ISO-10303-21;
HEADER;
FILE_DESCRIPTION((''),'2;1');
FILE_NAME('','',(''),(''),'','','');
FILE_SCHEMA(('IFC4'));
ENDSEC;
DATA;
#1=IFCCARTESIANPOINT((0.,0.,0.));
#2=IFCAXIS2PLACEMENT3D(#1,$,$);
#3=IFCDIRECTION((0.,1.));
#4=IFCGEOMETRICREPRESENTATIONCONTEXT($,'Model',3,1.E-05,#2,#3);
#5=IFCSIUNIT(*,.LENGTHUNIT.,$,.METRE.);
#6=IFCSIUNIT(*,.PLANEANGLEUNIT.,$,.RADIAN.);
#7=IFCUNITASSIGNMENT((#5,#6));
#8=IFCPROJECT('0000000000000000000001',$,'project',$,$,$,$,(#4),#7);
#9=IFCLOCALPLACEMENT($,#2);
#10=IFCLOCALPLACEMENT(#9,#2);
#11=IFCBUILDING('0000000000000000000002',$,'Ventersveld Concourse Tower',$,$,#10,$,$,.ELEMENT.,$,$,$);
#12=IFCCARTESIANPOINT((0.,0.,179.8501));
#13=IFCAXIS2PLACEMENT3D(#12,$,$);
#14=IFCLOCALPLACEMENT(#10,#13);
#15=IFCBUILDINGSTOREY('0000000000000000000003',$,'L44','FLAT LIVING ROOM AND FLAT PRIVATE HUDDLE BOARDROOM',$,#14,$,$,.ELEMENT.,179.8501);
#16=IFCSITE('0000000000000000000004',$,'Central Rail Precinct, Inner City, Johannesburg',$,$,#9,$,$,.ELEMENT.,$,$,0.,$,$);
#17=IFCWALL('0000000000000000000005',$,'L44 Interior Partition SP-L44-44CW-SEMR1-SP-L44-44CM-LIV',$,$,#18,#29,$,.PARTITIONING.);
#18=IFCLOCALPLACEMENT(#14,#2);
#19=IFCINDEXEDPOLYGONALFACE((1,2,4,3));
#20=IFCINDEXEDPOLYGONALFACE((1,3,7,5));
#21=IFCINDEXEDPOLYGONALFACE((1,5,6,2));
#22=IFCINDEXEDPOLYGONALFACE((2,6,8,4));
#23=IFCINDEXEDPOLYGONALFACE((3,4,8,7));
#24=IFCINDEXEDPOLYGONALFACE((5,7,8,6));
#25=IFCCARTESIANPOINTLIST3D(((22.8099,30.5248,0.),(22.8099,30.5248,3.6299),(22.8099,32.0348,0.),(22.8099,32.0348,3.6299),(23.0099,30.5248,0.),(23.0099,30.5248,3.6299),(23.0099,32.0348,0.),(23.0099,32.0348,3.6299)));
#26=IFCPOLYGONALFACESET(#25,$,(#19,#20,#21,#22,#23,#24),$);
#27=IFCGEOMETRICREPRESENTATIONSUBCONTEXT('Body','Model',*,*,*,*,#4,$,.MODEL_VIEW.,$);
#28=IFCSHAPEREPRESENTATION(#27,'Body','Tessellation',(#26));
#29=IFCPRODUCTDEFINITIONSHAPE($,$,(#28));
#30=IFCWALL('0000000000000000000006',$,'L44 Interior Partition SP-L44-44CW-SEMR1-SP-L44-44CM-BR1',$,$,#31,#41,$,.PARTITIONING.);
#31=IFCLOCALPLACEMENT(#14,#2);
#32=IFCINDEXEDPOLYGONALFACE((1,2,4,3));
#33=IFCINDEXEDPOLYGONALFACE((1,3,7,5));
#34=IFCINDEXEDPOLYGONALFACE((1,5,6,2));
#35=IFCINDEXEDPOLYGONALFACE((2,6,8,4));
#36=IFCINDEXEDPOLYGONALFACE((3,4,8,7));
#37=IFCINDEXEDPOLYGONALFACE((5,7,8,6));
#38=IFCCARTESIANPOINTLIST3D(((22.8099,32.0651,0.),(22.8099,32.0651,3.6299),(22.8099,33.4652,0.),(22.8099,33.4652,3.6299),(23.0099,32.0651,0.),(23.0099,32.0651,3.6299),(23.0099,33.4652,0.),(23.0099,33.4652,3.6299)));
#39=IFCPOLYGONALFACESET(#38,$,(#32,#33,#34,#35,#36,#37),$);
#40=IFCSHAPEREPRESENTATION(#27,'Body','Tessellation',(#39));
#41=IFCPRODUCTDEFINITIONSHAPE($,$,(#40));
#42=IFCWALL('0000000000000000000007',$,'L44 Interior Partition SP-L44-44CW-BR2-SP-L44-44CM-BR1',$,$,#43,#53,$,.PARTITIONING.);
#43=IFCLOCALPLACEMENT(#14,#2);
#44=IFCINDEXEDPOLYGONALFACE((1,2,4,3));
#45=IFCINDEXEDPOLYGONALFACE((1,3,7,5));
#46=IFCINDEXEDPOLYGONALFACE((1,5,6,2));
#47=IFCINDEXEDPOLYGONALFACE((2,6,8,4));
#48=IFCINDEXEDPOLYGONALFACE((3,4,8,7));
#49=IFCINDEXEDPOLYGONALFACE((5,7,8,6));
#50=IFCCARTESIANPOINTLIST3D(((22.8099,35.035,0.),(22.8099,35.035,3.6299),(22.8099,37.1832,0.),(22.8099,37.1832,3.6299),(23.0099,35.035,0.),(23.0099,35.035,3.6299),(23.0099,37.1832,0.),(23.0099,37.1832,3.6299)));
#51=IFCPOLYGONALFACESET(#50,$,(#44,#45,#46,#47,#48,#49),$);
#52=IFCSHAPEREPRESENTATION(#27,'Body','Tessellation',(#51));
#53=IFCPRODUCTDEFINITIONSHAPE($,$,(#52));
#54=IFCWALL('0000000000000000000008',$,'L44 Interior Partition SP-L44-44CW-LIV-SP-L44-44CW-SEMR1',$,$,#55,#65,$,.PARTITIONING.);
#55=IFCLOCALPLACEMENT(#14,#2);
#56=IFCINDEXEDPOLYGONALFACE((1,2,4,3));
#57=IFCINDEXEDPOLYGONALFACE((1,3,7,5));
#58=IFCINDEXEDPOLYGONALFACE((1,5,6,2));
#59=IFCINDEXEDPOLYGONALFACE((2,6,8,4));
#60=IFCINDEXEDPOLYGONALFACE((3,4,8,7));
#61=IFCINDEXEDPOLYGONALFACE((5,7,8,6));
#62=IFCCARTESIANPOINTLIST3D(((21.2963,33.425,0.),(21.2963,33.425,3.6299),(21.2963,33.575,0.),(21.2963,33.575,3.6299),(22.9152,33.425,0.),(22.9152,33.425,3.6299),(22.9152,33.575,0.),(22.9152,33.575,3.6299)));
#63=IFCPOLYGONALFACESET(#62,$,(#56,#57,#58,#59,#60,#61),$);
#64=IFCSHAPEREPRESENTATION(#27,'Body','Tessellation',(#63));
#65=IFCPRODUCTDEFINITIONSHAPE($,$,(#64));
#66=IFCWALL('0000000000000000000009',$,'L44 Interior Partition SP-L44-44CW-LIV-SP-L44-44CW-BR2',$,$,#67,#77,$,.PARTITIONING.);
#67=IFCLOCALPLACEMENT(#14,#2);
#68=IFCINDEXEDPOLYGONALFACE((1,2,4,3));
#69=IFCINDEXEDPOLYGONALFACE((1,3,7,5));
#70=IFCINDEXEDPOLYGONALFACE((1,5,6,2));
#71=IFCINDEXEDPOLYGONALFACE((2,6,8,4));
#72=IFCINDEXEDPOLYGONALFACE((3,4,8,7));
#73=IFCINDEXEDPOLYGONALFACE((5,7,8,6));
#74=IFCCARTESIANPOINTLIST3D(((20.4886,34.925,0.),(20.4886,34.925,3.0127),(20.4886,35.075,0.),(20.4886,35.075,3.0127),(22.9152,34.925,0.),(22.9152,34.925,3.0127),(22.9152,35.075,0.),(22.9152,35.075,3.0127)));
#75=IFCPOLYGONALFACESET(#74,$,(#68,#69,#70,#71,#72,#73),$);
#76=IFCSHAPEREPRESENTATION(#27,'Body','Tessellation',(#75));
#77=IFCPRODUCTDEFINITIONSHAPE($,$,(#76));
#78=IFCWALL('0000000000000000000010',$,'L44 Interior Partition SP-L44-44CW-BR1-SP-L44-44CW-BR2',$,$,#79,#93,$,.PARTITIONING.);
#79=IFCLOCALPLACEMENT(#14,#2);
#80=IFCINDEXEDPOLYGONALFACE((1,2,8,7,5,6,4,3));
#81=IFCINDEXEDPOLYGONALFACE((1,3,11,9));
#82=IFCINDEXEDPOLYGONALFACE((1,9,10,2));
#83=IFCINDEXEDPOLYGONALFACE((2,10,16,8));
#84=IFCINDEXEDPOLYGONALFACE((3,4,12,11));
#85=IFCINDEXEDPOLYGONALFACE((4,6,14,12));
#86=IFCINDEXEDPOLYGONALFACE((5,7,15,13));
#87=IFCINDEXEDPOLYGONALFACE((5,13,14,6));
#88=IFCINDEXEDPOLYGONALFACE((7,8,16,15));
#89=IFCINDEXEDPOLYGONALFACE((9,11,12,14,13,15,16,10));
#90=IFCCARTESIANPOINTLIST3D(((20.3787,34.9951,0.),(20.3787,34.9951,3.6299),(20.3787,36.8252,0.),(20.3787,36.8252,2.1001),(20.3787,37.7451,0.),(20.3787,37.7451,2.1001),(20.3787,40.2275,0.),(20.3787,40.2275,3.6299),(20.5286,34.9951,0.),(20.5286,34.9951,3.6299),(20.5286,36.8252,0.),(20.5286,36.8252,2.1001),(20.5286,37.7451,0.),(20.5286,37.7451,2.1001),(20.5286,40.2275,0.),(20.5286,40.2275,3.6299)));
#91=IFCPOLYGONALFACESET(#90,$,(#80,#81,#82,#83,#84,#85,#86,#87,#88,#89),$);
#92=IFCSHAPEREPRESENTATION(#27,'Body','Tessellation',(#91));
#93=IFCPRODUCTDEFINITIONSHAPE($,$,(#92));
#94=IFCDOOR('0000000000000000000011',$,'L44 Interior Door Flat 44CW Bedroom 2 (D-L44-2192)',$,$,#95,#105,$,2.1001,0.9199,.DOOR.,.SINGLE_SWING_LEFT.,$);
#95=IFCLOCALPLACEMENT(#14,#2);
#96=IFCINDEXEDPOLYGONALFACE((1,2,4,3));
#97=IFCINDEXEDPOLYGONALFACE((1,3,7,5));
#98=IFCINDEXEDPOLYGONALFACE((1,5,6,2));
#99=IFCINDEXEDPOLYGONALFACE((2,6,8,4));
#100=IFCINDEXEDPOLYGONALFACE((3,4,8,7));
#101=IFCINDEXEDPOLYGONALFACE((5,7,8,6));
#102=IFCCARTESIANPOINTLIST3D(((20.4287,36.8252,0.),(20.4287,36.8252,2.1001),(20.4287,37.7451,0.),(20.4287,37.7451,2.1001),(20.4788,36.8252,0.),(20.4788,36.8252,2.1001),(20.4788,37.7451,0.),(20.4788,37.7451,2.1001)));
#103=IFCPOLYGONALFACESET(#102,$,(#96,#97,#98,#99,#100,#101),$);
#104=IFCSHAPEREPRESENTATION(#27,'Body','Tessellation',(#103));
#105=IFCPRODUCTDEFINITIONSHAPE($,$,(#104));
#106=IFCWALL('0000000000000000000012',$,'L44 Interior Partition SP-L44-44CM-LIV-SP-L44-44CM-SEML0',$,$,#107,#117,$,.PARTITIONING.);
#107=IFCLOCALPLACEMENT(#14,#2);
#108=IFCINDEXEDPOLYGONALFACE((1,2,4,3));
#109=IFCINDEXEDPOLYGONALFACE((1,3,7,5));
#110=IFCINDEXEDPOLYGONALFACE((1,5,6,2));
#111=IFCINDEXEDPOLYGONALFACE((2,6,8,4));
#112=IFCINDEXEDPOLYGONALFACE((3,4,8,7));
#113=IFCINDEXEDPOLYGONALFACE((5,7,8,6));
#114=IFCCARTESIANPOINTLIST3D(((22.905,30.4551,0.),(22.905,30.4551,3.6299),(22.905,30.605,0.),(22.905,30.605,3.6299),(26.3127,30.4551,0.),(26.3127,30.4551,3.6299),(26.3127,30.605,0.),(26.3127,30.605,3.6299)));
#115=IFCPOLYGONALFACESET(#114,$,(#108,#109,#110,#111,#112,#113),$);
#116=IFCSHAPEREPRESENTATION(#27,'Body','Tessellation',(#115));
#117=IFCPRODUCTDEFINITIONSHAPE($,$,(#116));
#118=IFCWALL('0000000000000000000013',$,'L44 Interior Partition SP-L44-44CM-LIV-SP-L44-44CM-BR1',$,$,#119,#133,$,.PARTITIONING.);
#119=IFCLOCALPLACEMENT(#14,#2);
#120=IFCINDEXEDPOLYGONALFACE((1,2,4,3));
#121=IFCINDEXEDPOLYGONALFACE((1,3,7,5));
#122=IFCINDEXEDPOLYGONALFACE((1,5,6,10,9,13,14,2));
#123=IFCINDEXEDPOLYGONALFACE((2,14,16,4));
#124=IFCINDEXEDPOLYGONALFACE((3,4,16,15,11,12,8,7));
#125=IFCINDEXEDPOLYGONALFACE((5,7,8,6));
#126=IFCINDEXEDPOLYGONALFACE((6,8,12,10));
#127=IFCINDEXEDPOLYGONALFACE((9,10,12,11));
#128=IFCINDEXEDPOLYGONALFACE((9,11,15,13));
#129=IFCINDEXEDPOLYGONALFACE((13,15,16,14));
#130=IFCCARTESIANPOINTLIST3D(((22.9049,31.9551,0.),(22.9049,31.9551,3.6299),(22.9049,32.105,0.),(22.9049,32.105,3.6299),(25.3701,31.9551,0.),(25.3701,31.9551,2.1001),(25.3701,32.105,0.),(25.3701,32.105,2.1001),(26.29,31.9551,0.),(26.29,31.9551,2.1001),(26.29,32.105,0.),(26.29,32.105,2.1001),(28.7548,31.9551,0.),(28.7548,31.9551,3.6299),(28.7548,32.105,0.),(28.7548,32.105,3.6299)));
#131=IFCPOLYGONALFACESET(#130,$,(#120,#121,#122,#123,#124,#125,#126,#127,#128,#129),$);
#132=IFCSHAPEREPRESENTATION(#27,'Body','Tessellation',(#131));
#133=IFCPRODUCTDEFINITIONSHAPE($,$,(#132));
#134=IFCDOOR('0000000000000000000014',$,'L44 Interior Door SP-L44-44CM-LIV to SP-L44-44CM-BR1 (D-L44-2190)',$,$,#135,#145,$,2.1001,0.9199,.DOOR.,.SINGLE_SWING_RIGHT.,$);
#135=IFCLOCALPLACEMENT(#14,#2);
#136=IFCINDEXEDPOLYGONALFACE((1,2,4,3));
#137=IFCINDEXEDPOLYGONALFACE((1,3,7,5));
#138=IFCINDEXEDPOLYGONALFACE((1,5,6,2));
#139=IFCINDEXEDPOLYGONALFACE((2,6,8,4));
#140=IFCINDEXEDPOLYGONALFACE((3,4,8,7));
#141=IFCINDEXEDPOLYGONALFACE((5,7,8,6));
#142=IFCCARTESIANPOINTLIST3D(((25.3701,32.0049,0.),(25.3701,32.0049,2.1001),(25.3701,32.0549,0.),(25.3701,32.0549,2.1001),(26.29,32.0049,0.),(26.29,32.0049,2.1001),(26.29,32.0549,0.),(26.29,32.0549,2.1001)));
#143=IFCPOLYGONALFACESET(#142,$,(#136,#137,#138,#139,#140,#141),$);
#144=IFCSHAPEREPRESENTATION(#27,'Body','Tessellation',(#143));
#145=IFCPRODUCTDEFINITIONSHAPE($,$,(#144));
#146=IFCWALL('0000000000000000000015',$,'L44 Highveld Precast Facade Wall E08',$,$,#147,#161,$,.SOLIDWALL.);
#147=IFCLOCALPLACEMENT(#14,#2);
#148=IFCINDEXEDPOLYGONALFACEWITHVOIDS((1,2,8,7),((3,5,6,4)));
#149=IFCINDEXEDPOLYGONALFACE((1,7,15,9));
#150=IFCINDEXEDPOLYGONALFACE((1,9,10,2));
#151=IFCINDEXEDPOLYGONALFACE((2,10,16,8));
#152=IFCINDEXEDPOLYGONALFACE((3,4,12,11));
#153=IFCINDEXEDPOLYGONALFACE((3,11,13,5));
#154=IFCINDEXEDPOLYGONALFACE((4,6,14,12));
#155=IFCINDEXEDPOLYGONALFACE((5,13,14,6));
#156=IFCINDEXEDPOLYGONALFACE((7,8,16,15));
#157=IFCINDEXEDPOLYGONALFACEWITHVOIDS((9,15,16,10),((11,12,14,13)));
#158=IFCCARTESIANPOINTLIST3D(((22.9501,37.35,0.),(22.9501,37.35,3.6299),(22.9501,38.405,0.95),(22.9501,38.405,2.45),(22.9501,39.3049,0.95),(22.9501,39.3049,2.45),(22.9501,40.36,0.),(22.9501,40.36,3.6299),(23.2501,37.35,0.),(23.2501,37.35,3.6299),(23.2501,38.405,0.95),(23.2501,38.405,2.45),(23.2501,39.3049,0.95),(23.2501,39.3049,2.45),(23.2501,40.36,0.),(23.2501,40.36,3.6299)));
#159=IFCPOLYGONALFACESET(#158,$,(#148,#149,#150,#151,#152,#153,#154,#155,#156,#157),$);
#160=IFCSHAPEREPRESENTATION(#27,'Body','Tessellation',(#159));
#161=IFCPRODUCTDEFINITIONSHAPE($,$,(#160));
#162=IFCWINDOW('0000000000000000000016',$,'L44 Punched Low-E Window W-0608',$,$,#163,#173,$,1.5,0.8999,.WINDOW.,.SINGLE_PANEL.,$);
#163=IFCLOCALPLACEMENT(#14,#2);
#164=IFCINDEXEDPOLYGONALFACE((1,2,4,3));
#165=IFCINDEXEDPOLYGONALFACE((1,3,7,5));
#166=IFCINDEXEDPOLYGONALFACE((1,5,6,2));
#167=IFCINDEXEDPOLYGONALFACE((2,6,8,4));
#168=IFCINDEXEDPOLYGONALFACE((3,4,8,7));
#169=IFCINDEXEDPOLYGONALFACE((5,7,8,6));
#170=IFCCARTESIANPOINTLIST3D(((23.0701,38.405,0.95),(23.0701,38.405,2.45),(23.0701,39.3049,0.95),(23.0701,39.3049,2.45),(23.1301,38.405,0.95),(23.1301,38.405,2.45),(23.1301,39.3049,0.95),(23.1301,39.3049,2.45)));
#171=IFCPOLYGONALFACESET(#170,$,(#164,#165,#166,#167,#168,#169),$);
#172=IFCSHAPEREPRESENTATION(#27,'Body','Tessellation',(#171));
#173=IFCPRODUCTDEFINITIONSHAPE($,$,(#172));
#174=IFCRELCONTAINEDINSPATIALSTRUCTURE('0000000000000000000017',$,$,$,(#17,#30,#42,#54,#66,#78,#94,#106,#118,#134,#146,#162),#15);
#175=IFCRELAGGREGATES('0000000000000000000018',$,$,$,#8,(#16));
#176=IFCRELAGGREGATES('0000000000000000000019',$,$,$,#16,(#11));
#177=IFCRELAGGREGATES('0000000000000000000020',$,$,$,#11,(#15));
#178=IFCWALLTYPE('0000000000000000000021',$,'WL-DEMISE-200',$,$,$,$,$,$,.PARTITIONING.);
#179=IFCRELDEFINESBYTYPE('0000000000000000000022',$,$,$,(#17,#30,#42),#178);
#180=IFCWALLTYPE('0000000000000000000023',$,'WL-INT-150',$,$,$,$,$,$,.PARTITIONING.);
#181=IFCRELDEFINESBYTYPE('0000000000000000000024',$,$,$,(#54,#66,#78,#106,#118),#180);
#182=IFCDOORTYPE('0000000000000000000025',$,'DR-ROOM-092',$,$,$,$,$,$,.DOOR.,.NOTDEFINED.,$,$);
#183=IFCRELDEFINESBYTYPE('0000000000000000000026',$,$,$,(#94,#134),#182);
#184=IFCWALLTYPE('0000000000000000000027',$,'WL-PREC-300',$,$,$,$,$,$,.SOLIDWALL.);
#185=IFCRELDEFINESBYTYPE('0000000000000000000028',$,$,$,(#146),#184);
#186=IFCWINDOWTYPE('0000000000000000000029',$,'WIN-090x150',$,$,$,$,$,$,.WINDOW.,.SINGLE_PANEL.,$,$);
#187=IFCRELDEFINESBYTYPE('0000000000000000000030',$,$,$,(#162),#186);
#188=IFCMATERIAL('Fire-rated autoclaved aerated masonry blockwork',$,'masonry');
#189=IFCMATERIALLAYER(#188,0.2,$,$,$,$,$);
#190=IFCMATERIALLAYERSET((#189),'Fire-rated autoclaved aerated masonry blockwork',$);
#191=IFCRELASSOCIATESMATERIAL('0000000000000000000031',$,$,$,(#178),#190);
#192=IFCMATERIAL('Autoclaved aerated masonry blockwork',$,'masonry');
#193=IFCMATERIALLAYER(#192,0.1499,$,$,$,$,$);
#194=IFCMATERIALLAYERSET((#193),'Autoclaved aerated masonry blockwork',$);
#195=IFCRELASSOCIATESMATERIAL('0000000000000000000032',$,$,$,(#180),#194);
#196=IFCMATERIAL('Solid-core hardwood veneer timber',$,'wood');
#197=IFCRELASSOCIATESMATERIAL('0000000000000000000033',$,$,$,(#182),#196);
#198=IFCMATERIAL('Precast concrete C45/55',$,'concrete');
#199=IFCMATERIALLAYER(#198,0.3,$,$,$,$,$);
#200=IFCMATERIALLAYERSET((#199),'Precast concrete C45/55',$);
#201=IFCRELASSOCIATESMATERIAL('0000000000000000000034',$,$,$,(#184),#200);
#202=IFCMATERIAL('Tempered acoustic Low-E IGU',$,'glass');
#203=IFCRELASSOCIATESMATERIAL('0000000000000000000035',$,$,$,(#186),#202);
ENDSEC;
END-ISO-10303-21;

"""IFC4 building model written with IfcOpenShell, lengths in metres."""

from ifc_helpers import new_model, si_unit, direction, frame, frame_2d, origin, place, context, subcontext, project, spatial, rectangle, extrude, material, layer, layer_set, type_object, element, fill, save


model = new_model("IFC4")

# Units and contexts
model_context = context("Model", 3, precision=1e-05, world=origin(), true_north=direction((0.0, 1.0)))
body_context = subcontext(model_context, "Body", "Model", "MODEL_VIEW")
ifc_project = project(units=[si_unit("LENGTHUNIT", "METRE"), si_unit("PLANEANGLEUNIT", "RADIAN")], contexts=[model_context])

# Site, building, storey
site_placement = place(None, origin())
site = spatial("IfcSite", under=ifc_project, at=site_placement, Name="Central Rail Precinct, Inner City, Johannesburg", CompositionType="ELEMENT", RefElevation=0.0)
building_placement = place(site_placement, origin())
building = spatial("IfcBuilding", under=site, at=building_placement, Name="Ventersveld Concourse Tower", CompositionType="ELEMENT")
storey_placement = place(building_placement, frame((0.0, 0.0, 179.8501)))
storey = spatial("IfcBuildingStorey", under=building, at=storey_placement, Name="L44", Description="FLAT LIVING ROOM AND FLAT PRIVATE HUDDLE BOARDROOM", CompositionType="ELEMENT", Elevation=179.8501)

# Walls
ifc_material_1 = material(Name="Fire-rated autoclaved aerated masonry blockwork", Category="masonry")
ifc_layer_1 = layer(ifc_material_1, 0.2)
ifc_layer_set_1 = layer_set([ifc_layer_1], Name="Fire-rated autoclaved aerated masonry blockwork")
wall_type_1 = type_object("IfcWallType", Name="WL-DEMISE-200", PredefinedType="PARTITIONING", material=ifc_layer_set_1)
wall_1_placement = place(storey_placement, frame((22.9099, 30.5249, 0.0), z_axis=(0.0, 0.0, 1.0), x_axis=(0.0, 1.0, 0.0)))
element("IfcWall", 1, at=wall_1_placement, inside=storey, type_object=wall_type_1, Name="L44 Interior Partition SP-L44-44CW-SEMR1-SP-L44-44CM-LIV", PredefinedType="PARTITIONING", context=body_context, shape_type="SweptSolid", body=[
    extrude(rectangle(XDim=1.51, YDim=0.2, at=frame_2d((0.7549, 0.0))), origin(), (0.0, 0.0, 1.0), 3.6299),
])
wall_2_placement = place(storey_placement, frame((22.9099, 32.0649, 0.0), z_axis=(0.0, 0.0, 1.0), x_axis=(0.0, 1.0, 0.0)))
element("IfcWall", 2, at=wall_2_placement, inside=storey, type_object=wall_type_1, Name="L44 Interior Partition SP-L44-44CW-SEMR1-SP-L44-44CM-BR1", PredefinedType="PARTITIONING", context=body_context, shape_type="SweptSolid", body=[
    extrude(rectangle(XDim=1.4001, YDim=0.2, at=frame_2d((0.7002, 0.0))), origin(), (0.0, 0.0, 1.0), 3.6299),
])
wall_3_placement = place(storey_placement, frame((22.9099, 35.0349, 0.0), z_axis=(0.0, 0.0, 1.0), x_axis=(0.0, 1.0, 0.0)))
element("IfcWall", 3, at=wall_3_placement, inside=storey, type_object=wall_type_1, Name="L44 Interior Partition SP-L44-44CW-BR2-SP-L44-44CM-BR1", PredefinedType="PARTITIONING", context=body_context, shape_type="SweptSolid", body=[
    extrude(rectangle(XDim=2.1482, YDim=0.2, at=frame_2d((1.0742, 0.0))), origin(), (0.0, 0.0, 1.0), 3.6299),
])
ifc_material_2 = material(Name="Autoclaved aerated masonry blockwork", Category="masonry")
ifc_layer_2 = layer(ifc_material_2, 0.1499)
ifc_layer_set_2 = layer_set([ifc_layer_2], Name="Autoclaved aerated masonry blockwork")
wall_type_2 = type_object("IfcWallType", Name="WL-INT-150", PredefinedType="PARTITIONING", material=ifc_layer_set_2)
wall_4_placement = place(storey_placement, frame((21.2961, 33.5, 0.0), z_axis=(0.0, 0.0, 1.0), x_axis=(1.0, 0.0, 0.0)))
element("IfcWall", 4, at=wall_4_placement, inside=storey, type_object=wall_type_2, Name="L44 Interior Partition SP-L44-44CW-LIV-SP-L44-44CW-SEMR1", PredefinedType="PARTITIONING", context=body_context, shape_type="SweptSolid", body=[
    extrude(rectangle(XDim=1.6189, YDim=0.1499, at=frame_2d((0.8096, 0.0))), origin(), (0.0, 0.0, 1.0), 3.6299),
])
wall_5_placement = place(storey_placement, frame((20.4885, 35.0, 0.0), z_axis=(0.0, 0.0, 1.0), x_axis=(1.0, 0.0, 0.0)))
element("IfcWall", 5, at=wall_5_placement, inside=storey, type_object=wall_type_2, Name="L44 Interior Partition SP-L44-44CW-LIV-SP-L44-44CW-BR2", PredefinedType="PARTITIONING", context=body_context, shape_type="SweptSolid", body=[
    extrude(rectangle(XDim=2.4265, YDim=0.1499, at=frame_2d((1.2134, 0.0))), origin(), (0.0, 0.0, 1.0), 3.0127),
])

# Wall, opening, door
wall_6_placement = place(storey_placement, frame((20.4536, 34.9951, 0.0), z_axis=(0.0, 0.0, 1.0), x_axis=(0.0, 1.0, 0.0)))
wall_6 = element("IfcWall", 6, at=wall_6_placement, inside=storey, type_object=wall_type_2, Name="L44 Interior Partition SP-L44-44CW-BR1-SP-L44-44CW-BR2", PredefinedType="PARTITIONING", context=body_context, shape_type="SweptSolid", body=[
    extrude(rectangle(XDim=5.2324, YDim=0.1499, at=frame_2d((2.6162, 0.0))), origin(), (0.0, 0.0, 1.0), 3.6299),
])
opening_1_placement = place(wall_6_placement, frame((1.8301, 0.0, 0.0)))
opening_1 = element("IfcOpeningElement", 7, at=opening_1_placement, cuts=wall_6, PredefinedType="OPENING", context=body_context, shape_type="SweptSolid", body=[
    extrude(rectangle(XDim=0.9199, YDim=2.1001, at=frame_2d((0.46, 1.05))), frame((0.0, 0.085, 0.0), z_axis=(0.0, -1.0, 0.0), x_axis=(1.0, 0.0, 0.0)), (0.0, 0.0, 1.0), 0.1699),
])
ifc_material_3 = material(Name="Solid-core hardwood veneer timber", Category="wood")
door_type = type_object("IfcDoorType", Name="DR-ROOM-092", OperationType="NOTDEFINED", PredefinedType="DOOR", material=ifc_material_3)
door_1_placement = place(opening_1_placement, origin())
door_1 = element("IfcDoor", 8, at=door_1_placement, inside=storey, type_object=door_type, Name="L44 Interior Door Flat 44CW Bedroom 2 (D-L44-2192)", OperationType="SINGLE_SWING_LEFT", OverallHeight=2.1001, OverallWidth=0.9199, PredefinedType="DOOR", context=body_context, shape_type="SweptSolid", body=[
    extrude(rectangle(XDim=0.9199, YDim=2.1001, at=frame_2d((0.46, 1.05))), frame((0.0, 0.0249, 0.0), z_axis=(0.0, -1.0, 0.0), x_axis=(1.0, 0.0, 0.0)), (0.0, 0.0, 1.0), 0.05),
])
fill(opening_1, door_1)

# Wall
wall_7_placement = place(storey_placement, frame((22.905, 30.53, 0.0), z_axis=(0.0, 0.0, 1.0), x_axis=(1.0, 0.0, 0.0)))
element("IfcWall", 9, at=wall_7_placement, inside=storey, type_object=wall_type_2, Name="L44 Interior Partition SP-L44-44CM-LIV-SP-L44-44CM-SEML0", PredefinedType="PARTITIONING", context=body_context, shape_type="SweptSolid", body=[
    extrude(rectangle(XDim=3.4077, YDim=0.1499, at=frame_2d((1.7039, 0.0))), origin(), (0.0, 0.0, 1.0), 3.6299),
])

# Wall, opening, door
wall_8_placement = place(storey_placement, frame((22.905, 32.03, 0.0), z_axis=(0.0, 0.0, 1.0), x_axis=(1.0, 0.0, 0.0)))
wall_8 = element("IfcWall", 10, at=wall_8_placement, inside=storey, type_object=wall_type_2, Name="L44 Interior Partition SP-L44-44CM-LIV-SP-L44-44CM-BR1", PredefinedType="PARTITIONING", context=body_context, shape_type="SweptSolid", body=[
    extrude(rectangle(XDim=5.8499, YDim=0.1499, at=frame_2d((2.9248, 0.0))), origin(), (0.0, 0.0, 1.0), 3.6299),
])
opening_2_placement = place(wall_8_placement, frame((2.4651, 0.0, 0.0)))
opening_2 = element("IfcOpeningElement", 11, at=opening_2_placement, cuts=wall_8, PredefinedType="OPENING", context=body_context, shape_type="SweptSolid", body=[
    extrude(rectangle(XDim=0.9199, YDim=2.1001, at=frame_2d((0.46, 1.05))), frame((0.0, 0.085, 0.0), z_axis=(0.0, -1.0, 0.0), x_axis=(1.0, 0.0, 0.0)), (0.0, 0.0, 1.0), 0.1699),
])
door_2_placement = place(opening_2_placement, origin())
door_2 = element("IfcDoor", 12, at=door_2_placement, inside=storey, type_object=door_type, Name="L44 Interior Door SP-L44-44CM-LIV to SP-L44-44CM-BR1 (D-L44-2190)", OperationType="SINGLE_SWING_RIGHT", OverallHeight=2.1001, OverallWidth=0.9199, PredefinedType="DOOR", context=body_context, shape_type="SweptSolid", body=[
    extrude(rectangle(XDim=0.9199, YDim=2.1001, at=frame_2d((0.46, 1.05))), frame((0.0, 0.0249, 0.0), z_axis=(0.0, -1.0, 0.0), x_axis=(1.0, 0.0, 0.0)), (0.0, 0.0, 1.0), 0.05),
])
fill(opening_2, door_2)

# Wall, opening, window
ifc_material_4 = material(Name="Precast concrete C45/55", Category="concrete")
ifc_layer_3 = layer(ifc_material_4, 0.3)
ifc_layer_set_3 = layer_set([ifc_layer_3], Name="Precast concrete C45/55")
wall_type_3 = type_object("IfcWallType", Name="WL-PREC-300", PredefinedType="SOLIDWALL", material=ifc_layer_set_3)
wall_9_placement = place(storey_placement, frame((23.1001, 37.3501, 0.0), z_axis=(0.0, 0.0, 1.0), x_axis=(0.0, 1.0, 0.0)))
wall_9 = element("IfcWall", 13, at=wall_9_placement, inside=storey, type_object=wall_type_3, Name="L44 Highveld Precast Facade Wall E08", PredefinedType="SOLIDWALL", context=body_context, shape_type="SweptSolid", body=[
    extrude(rectangle(XDim=3.01, YDim=0.3, at=frame_2d((1.5049, 0.0))), origin(), (0.0, 0.0, 1.0), 3.6299),
])
opening_3_placement = place(wall_9_placement, frame((1.0549, 0.0, 0.95)))
opening_3 = element("IfcOpeningElement", 14, at=opening_3_placement, cuts=wall_9, PredefinedType="OPENING", context=body_context, shape_type="SweptSolid", body=[
    extrude(rectangle(XDim=0.8999, YDim=1.5, at=frame_2d((0.45, 0.75))), frame((0.0, 0.1602, 0.0), z_axis=(0.0, -1.0, 0.0), x_axis=(1.0, 0.0, 0.0)), (0.0, 0.0, 1.0), 0.3201),
])
ifc_material_5 = material(Name="Tempered acoustic Low-E IGU", Category="glass")
window_type_1 = type_object("IfcWindowType", Name="WIN-090x150", PartitioningType="SINGLE_PANEL", PredefinedType="WINDOW", material=ifc_material_5)
window_1_placement = place(opening_3_placement, origin())
window_1 = element("IfcWindow", 15, at=window_1_placement, inside=storey, type_object=window_type_1, Name="L44 Punched Low-E Window W-0608", OverallHeight=1.5, OverallWidth=0.8999, PartitioningType="SINGLE_PANEL", PredefinedType="WINDOW", context=body_context, shape_type="SweptSolid", body=[
    extrude(rectangle(XDim=0.8999, YDim=1.5, at=frame_2d((0.45, 0.75))), frame((0.0, 0.03, 0.0), z_axis=(0.0, -1.0, 0.0), x_axis=(1.0, 0.0, 0.0)), (0.0, 0.0, 1.0), 0.0601),
])
fill(opening_3, window_1)

save(model, "model.ifc")
